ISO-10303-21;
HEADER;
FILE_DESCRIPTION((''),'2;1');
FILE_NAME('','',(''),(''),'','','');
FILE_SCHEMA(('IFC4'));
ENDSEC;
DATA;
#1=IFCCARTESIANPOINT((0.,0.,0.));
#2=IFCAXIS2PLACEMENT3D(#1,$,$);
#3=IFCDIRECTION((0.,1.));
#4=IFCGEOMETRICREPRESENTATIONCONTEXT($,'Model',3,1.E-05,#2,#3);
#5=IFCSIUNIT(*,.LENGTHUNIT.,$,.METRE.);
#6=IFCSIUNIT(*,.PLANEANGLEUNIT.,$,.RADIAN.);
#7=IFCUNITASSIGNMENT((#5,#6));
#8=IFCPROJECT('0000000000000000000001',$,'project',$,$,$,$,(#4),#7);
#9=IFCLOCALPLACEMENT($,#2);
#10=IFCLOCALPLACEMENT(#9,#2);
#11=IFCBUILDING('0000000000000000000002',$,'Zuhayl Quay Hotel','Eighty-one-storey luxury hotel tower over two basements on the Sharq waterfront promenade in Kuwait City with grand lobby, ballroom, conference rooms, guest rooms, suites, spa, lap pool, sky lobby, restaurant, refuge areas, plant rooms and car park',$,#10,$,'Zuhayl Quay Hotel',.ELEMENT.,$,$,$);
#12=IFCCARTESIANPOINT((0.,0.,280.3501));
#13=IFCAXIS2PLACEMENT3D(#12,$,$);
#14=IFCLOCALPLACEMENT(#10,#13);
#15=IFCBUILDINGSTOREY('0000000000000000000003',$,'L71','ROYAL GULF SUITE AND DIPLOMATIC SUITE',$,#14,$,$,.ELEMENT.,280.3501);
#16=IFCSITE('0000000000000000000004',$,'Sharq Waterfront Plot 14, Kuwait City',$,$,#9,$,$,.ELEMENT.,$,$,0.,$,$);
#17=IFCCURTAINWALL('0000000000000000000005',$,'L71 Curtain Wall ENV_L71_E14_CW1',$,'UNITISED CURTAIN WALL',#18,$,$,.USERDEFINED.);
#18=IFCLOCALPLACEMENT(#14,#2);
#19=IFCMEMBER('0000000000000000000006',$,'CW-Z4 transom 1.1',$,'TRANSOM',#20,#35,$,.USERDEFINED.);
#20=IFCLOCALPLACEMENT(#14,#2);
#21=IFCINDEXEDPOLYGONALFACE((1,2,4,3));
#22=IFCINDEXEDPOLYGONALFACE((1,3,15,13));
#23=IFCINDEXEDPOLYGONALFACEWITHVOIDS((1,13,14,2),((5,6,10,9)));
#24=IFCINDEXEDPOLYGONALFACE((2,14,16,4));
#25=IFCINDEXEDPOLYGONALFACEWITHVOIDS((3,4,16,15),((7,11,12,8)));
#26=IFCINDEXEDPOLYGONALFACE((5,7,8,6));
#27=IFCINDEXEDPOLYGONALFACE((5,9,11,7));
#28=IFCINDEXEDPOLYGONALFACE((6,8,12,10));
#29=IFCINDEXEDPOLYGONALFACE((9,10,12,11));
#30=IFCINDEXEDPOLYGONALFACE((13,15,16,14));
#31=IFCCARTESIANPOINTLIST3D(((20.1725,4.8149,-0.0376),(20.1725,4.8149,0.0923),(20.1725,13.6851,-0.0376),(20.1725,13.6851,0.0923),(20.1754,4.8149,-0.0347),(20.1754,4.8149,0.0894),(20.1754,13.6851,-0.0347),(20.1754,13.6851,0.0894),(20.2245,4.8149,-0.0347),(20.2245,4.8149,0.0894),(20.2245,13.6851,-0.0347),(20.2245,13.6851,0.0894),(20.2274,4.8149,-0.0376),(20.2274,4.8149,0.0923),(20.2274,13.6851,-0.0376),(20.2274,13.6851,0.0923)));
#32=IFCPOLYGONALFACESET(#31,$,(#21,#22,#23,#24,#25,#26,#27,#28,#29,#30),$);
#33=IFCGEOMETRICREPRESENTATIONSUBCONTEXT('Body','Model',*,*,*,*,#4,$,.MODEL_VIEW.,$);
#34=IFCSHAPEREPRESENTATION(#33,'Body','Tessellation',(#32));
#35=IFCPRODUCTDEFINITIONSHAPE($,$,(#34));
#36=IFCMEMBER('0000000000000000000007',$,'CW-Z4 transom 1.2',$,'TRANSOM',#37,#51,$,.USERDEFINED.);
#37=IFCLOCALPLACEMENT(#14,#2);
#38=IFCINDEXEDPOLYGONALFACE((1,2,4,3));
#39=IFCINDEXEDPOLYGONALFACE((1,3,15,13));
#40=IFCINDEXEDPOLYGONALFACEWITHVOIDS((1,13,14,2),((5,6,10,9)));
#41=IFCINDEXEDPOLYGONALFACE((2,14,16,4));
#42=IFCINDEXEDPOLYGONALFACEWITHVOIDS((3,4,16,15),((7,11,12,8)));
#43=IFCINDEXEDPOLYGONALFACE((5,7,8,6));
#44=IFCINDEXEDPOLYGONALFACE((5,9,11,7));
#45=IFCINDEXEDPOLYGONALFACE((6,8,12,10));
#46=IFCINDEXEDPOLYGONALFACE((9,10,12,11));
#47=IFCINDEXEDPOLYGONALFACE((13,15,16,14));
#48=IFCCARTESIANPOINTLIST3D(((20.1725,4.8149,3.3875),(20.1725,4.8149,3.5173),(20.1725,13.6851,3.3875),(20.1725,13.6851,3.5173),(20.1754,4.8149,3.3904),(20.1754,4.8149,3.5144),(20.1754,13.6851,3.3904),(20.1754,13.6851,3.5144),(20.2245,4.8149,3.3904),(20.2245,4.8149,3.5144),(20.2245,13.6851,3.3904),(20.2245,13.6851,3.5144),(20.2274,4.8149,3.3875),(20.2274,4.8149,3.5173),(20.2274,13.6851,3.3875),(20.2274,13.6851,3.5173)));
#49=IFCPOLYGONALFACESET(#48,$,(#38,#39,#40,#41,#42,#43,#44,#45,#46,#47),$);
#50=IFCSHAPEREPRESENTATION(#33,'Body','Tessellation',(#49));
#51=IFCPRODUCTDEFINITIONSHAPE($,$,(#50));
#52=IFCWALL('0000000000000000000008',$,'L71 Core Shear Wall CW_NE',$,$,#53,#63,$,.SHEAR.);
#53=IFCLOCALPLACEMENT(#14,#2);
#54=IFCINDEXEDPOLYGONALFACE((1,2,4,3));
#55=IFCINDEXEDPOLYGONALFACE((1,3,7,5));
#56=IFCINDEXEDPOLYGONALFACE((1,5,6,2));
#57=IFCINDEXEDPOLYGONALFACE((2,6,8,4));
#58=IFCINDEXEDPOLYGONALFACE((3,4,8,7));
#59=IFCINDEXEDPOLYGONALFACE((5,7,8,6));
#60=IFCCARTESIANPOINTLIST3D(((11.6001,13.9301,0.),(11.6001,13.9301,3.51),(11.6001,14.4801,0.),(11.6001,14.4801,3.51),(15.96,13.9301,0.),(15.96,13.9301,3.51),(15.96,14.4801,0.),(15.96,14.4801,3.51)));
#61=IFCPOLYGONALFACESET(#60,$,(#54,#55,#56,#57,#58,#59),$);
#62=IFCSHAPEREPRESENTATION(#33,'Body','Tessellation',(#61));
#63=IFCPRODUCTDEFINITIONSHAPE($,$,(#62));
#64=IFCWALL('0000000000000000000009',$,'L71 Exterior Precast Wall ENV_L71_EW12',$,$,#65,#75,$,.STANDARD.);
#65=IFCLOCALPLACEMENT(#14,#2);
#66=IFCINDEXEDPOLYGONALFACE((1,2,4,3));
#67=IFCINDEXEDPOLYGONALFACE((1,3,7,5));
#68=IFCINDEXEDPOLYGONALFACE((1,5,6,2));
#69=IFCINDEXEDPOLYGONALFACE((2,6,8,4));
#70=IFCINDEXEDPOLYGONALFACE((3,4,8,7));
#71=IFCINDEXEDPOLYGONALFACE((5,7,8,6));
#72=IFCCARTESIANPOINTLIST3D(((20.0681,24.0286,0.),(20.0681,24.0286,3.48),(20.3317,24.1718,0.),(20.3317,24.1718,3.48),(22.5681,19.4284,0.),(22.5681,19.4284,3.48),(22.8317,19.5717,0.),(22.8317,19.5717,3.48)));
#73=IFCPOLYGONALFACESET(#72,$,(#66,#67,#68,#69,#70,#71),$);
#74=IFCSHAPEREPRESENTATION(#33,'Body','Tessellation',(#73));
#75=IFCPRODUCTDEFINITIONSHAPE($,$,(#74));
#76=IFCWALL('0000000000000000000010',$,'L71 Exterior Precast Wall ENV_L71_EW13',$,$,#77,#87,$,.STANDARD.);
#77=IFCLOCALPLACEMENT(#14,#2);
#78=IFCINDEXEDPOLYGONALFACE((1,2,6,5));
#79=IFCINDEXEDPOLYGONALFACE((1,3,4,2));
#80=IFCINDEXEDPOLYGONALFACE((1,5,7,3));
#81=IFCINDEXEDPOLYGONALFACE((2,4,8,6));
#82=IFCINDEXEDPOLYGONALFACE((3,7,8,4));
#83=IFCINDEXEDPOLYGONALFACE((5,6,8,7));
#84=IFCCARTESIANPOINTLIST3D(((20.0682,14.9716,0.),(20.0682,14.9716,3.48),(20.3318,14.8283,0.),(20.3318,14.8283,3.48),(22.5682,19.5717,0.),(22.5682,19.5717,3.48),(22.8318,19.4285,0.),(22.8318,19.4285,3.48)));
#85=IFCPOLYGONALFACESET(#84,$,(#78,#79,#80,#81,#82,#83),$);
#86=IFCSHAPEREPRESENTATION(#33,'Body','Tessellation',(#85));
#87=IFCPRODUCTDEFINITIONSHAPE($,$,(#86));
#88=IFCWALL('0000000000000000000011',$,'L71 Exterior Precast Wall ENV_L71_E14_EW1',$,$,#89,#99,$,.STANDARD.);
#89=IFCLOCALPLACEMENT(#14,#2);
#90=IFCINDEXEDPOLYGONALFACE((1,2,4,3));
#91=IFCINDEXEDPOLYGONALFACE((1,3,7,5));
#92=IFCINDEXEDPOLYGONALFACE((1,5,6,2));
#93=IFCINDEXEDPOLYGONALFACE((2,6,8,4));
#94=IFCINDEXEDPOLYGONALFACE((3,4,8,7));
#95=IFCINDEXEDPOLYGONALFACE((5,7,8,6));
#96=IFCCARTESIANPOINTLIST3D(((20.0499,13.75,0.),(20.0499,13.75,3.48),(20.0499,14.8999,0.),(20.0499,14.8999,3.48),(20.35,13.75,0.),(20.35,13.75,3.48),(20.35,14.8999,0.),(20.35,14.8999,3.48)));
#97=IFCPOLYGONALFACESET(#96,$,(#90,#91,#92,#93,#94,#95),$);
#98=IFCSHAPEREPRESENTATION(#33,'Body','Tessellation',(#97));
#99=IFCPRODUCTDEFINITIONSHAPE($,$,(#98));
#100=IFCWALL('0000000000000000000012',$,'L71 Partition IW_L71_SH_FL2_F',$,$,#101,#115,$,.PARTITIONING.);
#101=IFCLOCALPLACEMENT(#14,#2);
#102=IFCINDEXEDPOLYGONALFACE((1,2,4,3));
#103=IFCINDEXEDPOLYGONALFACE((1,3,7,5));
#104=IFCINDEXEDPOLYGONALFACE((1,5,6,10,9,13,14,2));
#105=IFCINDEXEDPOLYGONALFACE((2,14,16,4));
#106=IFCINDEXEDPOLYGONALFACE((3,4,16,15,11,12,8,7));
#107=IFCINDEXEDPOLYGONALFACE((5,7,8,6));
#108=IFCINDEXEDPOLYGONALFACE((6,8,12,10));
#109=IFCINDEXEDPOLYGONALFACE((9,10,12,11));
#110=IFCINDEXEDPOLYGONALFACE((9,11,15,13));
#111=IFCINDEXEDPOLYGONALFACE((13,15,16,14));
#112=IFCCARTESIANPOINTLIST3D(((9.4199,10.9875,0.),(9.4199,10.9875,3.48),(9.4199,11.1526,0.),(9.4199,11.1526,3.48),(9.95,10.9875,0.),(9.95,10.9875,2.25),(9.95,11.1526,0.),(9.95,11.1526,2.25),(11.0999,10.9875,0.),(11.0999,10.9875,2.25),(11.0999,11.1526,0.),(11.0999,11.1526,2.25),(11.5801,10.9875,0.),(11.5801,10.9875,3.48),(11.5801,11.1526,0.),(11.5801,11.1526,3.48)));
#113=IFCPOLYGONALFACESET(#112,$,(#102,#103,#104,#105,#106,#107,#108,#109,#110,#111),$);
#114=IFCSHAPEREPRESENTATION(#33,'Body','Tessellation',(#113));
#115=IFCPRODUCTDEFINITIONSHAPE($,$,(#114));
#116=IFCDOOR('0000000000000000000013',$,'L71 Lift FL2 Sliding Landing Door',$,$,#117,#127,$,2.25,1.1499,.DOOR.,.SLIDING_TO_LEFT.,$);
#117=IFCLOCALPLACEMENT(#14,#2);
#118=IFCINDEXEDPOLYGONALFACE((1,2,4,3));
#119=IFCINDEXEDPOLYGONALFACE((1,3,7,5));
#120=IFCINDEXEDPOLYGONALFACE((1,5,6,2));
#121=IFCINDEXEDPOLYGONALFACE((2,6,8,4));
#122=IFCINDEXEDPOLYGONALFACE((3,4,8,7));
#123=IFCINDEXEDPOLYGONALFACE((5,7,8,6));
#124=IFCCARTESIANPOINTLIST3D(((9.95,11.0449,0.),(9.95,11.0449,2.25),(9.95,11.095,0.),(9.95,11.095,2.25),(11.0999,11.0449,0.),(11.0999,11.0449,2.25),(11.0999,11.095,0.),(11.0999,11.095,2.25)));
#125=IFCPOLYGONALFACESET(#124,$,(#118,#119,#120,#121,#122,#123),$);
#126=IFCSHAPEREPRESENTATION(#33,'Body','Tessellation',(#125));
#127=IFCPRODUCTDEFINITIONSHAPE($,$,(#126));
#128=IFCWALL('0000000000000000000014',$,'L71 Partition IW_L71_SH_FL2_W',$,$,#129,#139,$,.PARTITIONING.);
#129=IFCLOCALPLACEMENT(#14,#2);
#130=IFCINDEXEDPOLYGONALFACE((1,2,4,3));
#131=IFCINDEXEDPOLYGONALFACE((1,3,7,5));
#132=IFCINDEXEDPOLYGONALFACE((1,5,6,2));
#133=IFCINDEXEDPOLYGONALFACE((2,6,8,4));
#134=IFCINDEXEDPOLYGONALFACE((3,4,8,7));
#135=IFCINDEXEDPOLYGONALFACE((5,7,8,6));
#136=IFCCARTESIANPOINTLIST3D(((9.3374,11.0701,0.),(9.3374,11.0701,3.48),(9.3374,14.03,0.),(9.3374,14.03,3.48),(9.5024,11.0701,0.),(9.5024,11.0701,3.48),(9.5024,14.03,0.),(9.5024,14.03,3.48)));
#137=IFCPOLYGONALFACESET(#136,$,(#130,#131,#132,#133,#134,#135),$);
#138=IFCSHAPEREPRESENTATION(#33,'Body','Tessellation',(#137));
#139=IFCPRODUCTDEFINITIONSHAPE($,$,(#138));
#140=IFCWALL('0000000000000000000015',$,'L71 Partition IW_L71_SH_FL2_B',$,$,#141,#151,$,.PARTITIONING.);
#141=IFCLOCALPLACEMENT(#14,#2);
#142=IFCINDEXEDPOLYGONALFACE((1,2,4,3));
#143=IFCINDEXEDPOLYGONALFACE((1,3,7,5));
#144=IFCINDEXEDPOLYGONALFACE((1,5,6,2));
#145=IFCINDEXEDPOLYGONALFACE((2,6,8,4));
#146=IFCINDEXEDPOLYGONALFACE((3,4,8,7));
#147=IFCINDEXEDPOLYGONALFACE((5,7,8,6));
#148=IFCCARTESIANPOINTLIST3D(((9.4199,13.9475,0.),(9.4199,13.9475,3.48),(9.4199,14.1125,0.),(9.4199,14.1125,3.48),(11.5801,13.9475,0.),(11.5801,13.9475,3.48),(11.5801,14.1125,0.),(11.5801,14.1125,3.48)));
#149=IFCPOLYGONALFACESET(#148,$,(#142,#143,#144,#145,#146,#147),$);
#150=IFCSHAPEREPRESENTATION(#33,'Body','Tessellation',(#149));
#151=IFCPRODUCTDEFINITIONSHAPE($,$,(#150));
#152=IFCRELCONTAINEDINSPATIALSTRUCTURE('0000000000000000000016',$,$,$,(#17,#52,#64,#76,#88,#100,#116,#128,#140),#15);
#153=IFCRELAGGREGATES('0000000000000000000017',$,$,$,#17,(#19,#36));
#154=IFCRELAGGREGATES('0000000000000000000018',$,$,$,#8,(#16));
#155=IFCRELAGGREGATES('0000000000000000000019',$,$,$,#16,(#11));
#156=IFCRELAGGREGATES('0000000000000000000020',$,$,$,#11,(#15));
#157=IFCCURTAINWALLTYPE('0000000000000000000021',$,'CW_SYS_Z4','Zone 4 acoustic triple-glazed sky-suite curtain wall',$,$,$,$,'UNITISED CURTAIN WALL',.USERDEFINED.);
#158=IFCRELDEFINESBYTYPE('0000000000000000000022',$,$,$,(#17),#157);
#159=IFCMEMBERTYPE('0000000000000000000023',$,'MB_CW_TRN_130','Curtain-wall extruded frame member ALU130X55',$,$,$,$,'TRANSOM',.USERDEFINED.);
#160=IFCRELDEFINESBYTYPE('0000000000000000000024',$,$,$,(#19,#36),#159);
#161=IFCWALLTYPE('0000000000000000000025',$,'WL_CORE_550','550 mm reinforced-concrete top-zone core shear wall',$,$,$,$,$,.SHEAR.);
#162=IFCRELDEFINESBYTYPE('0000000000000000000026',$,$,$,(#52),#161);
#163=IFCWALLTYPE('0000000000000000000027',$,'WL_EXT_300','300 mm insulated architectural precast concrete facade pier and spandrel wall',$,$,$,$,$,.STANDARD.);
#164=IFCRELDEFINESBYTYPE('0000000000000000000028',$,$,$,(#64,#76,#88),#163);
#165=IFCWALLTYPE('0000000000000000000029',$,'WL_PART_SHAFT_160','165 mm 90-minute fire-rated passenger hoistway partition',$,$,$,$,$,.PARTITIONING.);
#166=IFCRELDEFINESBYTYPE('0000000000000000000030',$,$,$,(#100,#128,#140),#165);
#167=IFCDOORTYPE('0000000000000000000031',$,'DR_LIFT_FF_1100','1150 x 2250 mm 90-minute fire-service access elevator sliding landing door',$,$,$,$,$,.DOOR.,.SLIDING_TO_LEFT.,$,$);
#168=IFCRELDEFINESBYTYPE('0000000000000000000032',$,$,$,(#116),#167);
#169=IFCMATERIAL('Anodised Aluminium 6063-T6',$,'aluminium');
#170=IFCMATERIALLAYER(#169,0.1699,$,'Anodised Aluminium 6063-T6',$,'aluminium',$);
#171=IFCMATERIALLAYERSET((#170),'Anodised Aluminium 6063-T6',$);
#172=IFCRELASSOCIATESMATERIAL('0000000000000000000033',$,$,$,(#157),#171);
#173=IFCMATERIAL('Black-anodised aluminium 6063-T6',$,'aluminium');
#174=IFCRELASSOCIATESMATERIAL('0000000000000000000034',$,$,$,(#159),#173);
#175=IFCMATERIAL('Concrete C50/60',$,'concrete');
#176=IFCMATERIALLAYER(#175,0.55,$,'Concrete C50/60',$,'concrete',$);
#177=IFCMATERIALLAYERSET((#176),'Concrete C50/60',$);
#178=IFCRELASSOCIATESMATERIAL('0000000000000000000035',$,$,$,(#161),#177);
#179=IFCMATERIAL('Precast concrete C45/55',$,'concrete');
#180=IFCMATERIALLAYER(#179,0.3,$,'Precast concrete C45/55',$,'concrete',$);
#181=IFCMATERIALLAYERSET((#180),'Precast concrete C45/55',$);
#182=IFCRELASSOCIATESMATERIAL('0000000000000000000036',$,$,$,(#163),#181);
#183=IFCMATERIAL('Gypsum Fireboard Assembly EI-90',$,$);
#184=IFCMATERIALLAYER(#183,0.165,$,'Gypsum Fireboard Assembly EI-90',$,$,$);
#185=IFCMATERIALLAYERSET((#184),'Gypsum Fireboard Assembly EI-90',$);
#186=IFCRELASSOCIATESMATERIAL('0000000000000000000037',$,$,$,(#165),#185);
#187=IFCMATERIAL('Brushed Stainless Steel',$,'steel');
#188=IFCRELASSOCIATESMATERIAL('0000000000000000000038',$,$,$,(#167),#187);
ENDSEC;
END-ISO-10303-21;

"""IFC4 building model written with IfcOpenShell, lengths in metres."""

from ifc_helpers import new_model, si_unit, direction, frame, frame_2d, origin, origin_2d, place, context, subcontext, project, spatial, rectangle, hollow_rectangle, extrude, material, layer, layer_set, material_profile, profile_set, type_object, element, fill, aggregate, save


model = new_model("IFC4")

# Units and contexts
model_context = context("Model", 3, precision=1e-05, world=origin(), true_north=direction((0.0, 1.0)))
body_context = subcontext(model_context, "Body", "Model", "MODEL_VIEW")
ifc_project = project(units=[si_unit("LENGTHUNIT", "METRE"), si_unit("PLANEANGLEUNIT", "RADIAN")], contexts=[model_context])

# Site, building, storey
site_placement = place(None, origin())
site = spatial("IfcSite", under=ifc_project, at=site_placement, Name="Sharq Waterfront Plot 14, Kuwait City", CompositionType="ELEMENT", RefElevation=0.0)
building_placement = place(site_placement, origin())
building = spatial("IfcBuilding", under=site, at=building_placement, Name="Zuhayl Quay Hotel", Description="Eighty-one-storey luxury hotel tower over two basements on the Sharq waterfront promenade in Kuwait City with grand lobby, ballroom, conference rooms, guest rooms, suites, spa, lap pool, sky lobby, restaurant, refuge areas, plant rooms and car park", LongName="Zuhayl Quay Hotel", CompositionType="ELEMENT")
storey_placement = place(building_placement, frame((0.0, 0.0, 280.3501)))
storey = spatial("IfcBuildingStorey", under=building, at=storey_placement, Name="L71", Description="ROYAL GULF SUITE AND DIPLOMATIC SUITE", CompositionType="ELEMENT", Elevation=280.3501)

# Curtain wall, members
ifc_material_1 = material(Name="Anodised Aluminium 6063-T6", Category="aluminium")
ifc_layer_1 = layer(ifc_material_1, 0.1699, Name="Anodised Aluminium 6063-T6", Category="aluminium")
ifc_layer_set_1 = layer_set([ifc_layer_1], Name="Anodised Aluminium 6063-T6")
curtain_wall_type = type_object("IfcCurtainWallType", Name="CW_SYS_Z4", Description="Zone 4 acoustic triple-glazed sky-suite curtain wall", ElementType="UNITISED CURTAIN WALL", PredefinedType="USERDEFINED", material=ifc_layer_set_1)
curtain_wall_placement = place(storey_placement, origin())
curtain_wall = element("IfcCurtainWall", 1, at=curtain_wall_placement, inside=storey, type_object=curtain_wall_type, Name="L71 Curtain Wall ENV_L71_E14_CW1", ObjectType="UNITISED CURTAIN WALL", PredefinedType="USERDEFINED")
ifc_material_2 = material(Name="Black-anodised aluminium 6063-T6", Category="aluminium")
ifc_material_profile_1 = material_profile(ifc_material_2, hollow_rectangle(XDim=0.0549, YDim=0.1299, WallThickness=0.0029, at=origin_2d()), Name="ALU130X55")
ifc_profile_set_1 = profile_set([ifc_material_profile_1], Name="Black-anodised aluminium 6063-T6")
member_type_1 = type_object("IfcMemberType", Name="MB_CW_TRN_130", Description="Curtain-wall extruded frame member ALU130X55", ElementType="TRANSOM", PredefinedType="USERDEFINED", material=ifc_profile_set_1)
member_1_placement = place(storey_placement, frame((20.2, 13.6851, 0.0273), z_axis=(0.0, -1.0, 0.0), x_axis=(1.0, 0.0, 0.0)))
member_1 = element("IfcMember", 2, at=member_1_placement, type_object=member_type_1, Name="CW-Z4 transom 1.1", ObjectType="TRANSOM", PredefinedType="USERDEFINED", context=body_context, shape_type="SweptSolid", body=[
    extrude(hollow_rectangle(XDim=0.0549, YDim=0.1299, WallThickness=0.0029, at=origin_2d()), origin(), (0.0, 0.0, 1.0), 8.8701),
])
member_2_placement = place(storey_placement, frame((20.2, 13.6851, 3.4524), z_axis=(0.0, -1.0, 0.0), x_axis=(1.0, 0.0, 0.0)))
member_2 = element("IfcMember", 3, at=member_2_placement, type_object=member_type_1, Name="CW-Z4 transom 1.2", ObjectType="TRANSOM", PredefinedType="USERDEFINED", context=body_context, shape_type="SweptSolid", body=[
    extrude(hollow_rectangle(XDim=0.0549, YDim=0.1299, WallThickness=0.0029, at=origin_2d()), origin(), (0.0, 0.0, 1.0), 8.8701),
])
aggregate(curtain_wall, [member_1, member_2])

# Walls
ifc_material_3 = material(Name="Concrete C50/60", Category="concrete")
ifc_layer_2 = layer(ifc_material_3, 0.55, Name="Concrete C50/60", Category="concrete")
ifc_layer_set_2 = layer_set([ifc_layer_2], Name="Concrete C50/60")
wall_type_1 = type_object("IfcWallType", Name="WL_CORE_550", Description="550 mm reinforced-concrete top-zone core shear wall", PredefinedType="SHEAR", material=ifc_layer_set_2)
wall_1_placement = place(storey_placement, frame((11.6001, 14.2051, 0.0), z_axis=(0.0, 0.0, 1.0), x_axis=(1.0, 0.0, 0.0)))
element("IfcWall", 4, at=wall_1_placement, inside=storey, type_object=wall_type_1, Name="L71 Core Shear Wall CW_NE", PredefinedType="SHEAR", context=body_context, shape_type="SweptSolid", body=[
    extrude(rectangle(XDim=4.3599, YDim=0.55, at=frame_2d((2.1799, 0.0))), origin(), (0.0, 0.0, 1.0), 3.51),
])
ifc_material_4 = material(Name="Precast concrete C45/55", Category="concrete")
ifc_layer_3 = layer(ifc_material_4, 0.3, Name="Precast concrete C45/55", Category="concrete")
ifc_layer_set_3 = layer_set([ifc_layer_3], Name="Precast concrete C45/55")
wall_type_2 = type_object("IfcWallType", Name="WL_EXT_300", Description="300 mm insulated architectural precast concrete facade pier and spandrel wall", PredefinedType="STANDARD", material=ifc_layer_set_3)
for number, where, z_axis, x_axis, name in (
    (5, (20.2, 24.1001, 0.0), (0.0, 0.0, 1.0), (0.477505, -0.878629, 0.0), "L71 Exterior Precast Wall ENV_L71_EW12"),
    (6, (22.7, 19.5, 0.0), (0.0, 0.0, 1.0), (-0.477505, -0.878629, 0.0), "L71 Exterior Precast Wall ENV_L71_EW13"),
):
    element("IfcWall", number, at=place(storey_placement, frame(where, z_axis=z_axis, x_axis=x_axis)), inside=storey, type_object=wall_type_2, Name=name, PredefinedType="STANDARD", context=body_context, shape_type="SweptSolid", body=[
        extrude(rectangle(XDim=5.2356, YDim=0.3, at=frame_2d((2.6177, 0.0))), origin(), (0.0, 0.0, 1.0), 3.48),
    ])
wall_2_placement = place(storey_placement, frame((20.2, 14.8999, 0.0), z_axis=(0.0, 0.0, 1.0), x_axis=(0.0, -1.0, 0.0)))
element("IfcWall", 7, at=wall_2_placement, inside=storey, type_object=wall_type_2, Name="L71 Exterior Precast Wall ENV_L71_E14_EW1", PredefinedType="STANDARD", context=body_context, shape_type="SweptSolid", body=[
    extrude(rectangle(XDim=1.1499, YDim=0.3, at=frame_2d((0.575, 0.0))), origin(), (0.0, 0.0, 1.0), 3.48),
])

# Wall, opening, door
ifc_material_5 = material(Name="Gypsum Fireboard Assembly EI-90")
ifc_layer_4 = layer(ifc_material_5, 0.165, Name="Gypsum Fireboard Assembly EI-90")
ifc_layer_set_4 = layer_set([ifc_layer_4], Name="Gypsum Fireboard Assembly EI-90")
wall_type_3 = type_object("IfcWallType", Name="WL_PART_SHAFT_160", Description="165 mm 90-minute fire-rated passenger hoistway partition", PredefinedType="PARTITIONING", material=ifc_layer_set_4)
wall_3_placement = place(storey_placement, frame((9.4199, 11.0701, 0.0), z_axis=(0.0, 0.0, 1.0), x_axis=(1.0, 0.0, 0.0)))
wall_3 = element("IfcWall", 8, at=wall_3_placement, inside=storey, type_object=wall_type_3, Name="L71 Partition IW_L71_SH_FL2_F", PredefinedType="PARTITIONING", context=body_context, shape_type="SweptSolid", body=[
    extrude(rectangle(XDim=2.1602, YDim=0.165, at=frame_2d((1.0801, 0.0))), origin(), (0.0, 0.0, 1.0), 3.48),
])
opening_1_placement = place(wall_3_placement, frame((0.53, 0.0, 0.0)))
opening_1 = element("IfcOpeningElement", 9, at=opening_1_placement, cuts=wall_3, PredefinedType="OPENING", context=body_context, shape_type="SweptSolid", body=[
    extrude(rectangle(XDim=1.1499, YDim=2.25, at=frame_2d((0.575, 1.125))), frame((0.0, 0.0925, 0.0), z_axis=(0.0, -1.0, 0.0), x_axis=(1.0, 0.0, 0.0)), (0.0, 0.0, 1.0), 0.1851),
])
ifc_material_6 = material(Name="Brushed Stainless Steel", Category="steel")
door_type_1 = type_object("IfcDoorType", Name="DR_LIFT_FF_1100", Description="1150 x 2250 mm 90-minute fire-service access elevator sliding landing door", OperationType="SLIDING_TO_LEFT", PredefinedType="DOOR", material=ifc_material_6)
door_1_placement = place(opening_1_placement, origin())
door_1 = element("IfcDoor", 10, at=door_1_placement, inside=storey, type_object=door_type_1, Name="L71 Lift FL2 Sliding Landing Door", OperationType="SLIDING_TO_LEFT", OverallHeight=2.25, OverallWidth=1.1499, PredefinedType="DOOR", context=body_context, shape_type="SweptSolid", body=[
    extrude(rectangle(XDim=1.1499, YDim=2.25, at=frame_2d((0.575, 1.125))), frame((0.0, 0.0249, 0.0), z_axis=(0.0, -1.0, 0.0), x_axis=(1.0, 0.0, 0.0)), (0.0, 0.0, 1.0), 0.05),
])
fill(opening_1, door_1)

# Walls
wall_4_placement = place(storey_placement, frame((9.4199, 11.0701, 0.0), z_axis=(0.0, 0.0, 1.0), x_axis=(0.0, 1.0, 0.0)))
element("IfcWall", 11, at=wall_4_placement, inside=storey, type_object=wall_type_3, Name="L71 Partition IW_L71_SH_FL2_W", PredefinedType="PARTITIONING", context=body_context, shape_type="SweptSolid", body=[
    extrude(rectangle(XDim=2.96, YDim=0.165, at=frame_2d((1.48, 0.0))), origin(), (0.0, 0.0, 1.0), 3.48),
])
wall_5_placement = place(storey_placement, frame((9.4199, 14.03, 0.0), z_axis=(0.0, 0.0, 1.0), x_axis=(1.0, 0.0, 0.0)))
element("IfcWall", 12, at=wall_5_placement, inside=storey, type_object=wall_type_3, Name="L71 Partition IW_L71_SH_FL2_B", PredefinedType="PARTITIONING", context=body_context, shape_type="SweptSolid", body=[
    extrude(rectangle(XDim=2.1602, YDim=0.165, at=frame_2d((1.0801, 0.0))), origin(), (0.0, 0.0, 1.0), 3.48),
])

save(model, "model.ifc")
